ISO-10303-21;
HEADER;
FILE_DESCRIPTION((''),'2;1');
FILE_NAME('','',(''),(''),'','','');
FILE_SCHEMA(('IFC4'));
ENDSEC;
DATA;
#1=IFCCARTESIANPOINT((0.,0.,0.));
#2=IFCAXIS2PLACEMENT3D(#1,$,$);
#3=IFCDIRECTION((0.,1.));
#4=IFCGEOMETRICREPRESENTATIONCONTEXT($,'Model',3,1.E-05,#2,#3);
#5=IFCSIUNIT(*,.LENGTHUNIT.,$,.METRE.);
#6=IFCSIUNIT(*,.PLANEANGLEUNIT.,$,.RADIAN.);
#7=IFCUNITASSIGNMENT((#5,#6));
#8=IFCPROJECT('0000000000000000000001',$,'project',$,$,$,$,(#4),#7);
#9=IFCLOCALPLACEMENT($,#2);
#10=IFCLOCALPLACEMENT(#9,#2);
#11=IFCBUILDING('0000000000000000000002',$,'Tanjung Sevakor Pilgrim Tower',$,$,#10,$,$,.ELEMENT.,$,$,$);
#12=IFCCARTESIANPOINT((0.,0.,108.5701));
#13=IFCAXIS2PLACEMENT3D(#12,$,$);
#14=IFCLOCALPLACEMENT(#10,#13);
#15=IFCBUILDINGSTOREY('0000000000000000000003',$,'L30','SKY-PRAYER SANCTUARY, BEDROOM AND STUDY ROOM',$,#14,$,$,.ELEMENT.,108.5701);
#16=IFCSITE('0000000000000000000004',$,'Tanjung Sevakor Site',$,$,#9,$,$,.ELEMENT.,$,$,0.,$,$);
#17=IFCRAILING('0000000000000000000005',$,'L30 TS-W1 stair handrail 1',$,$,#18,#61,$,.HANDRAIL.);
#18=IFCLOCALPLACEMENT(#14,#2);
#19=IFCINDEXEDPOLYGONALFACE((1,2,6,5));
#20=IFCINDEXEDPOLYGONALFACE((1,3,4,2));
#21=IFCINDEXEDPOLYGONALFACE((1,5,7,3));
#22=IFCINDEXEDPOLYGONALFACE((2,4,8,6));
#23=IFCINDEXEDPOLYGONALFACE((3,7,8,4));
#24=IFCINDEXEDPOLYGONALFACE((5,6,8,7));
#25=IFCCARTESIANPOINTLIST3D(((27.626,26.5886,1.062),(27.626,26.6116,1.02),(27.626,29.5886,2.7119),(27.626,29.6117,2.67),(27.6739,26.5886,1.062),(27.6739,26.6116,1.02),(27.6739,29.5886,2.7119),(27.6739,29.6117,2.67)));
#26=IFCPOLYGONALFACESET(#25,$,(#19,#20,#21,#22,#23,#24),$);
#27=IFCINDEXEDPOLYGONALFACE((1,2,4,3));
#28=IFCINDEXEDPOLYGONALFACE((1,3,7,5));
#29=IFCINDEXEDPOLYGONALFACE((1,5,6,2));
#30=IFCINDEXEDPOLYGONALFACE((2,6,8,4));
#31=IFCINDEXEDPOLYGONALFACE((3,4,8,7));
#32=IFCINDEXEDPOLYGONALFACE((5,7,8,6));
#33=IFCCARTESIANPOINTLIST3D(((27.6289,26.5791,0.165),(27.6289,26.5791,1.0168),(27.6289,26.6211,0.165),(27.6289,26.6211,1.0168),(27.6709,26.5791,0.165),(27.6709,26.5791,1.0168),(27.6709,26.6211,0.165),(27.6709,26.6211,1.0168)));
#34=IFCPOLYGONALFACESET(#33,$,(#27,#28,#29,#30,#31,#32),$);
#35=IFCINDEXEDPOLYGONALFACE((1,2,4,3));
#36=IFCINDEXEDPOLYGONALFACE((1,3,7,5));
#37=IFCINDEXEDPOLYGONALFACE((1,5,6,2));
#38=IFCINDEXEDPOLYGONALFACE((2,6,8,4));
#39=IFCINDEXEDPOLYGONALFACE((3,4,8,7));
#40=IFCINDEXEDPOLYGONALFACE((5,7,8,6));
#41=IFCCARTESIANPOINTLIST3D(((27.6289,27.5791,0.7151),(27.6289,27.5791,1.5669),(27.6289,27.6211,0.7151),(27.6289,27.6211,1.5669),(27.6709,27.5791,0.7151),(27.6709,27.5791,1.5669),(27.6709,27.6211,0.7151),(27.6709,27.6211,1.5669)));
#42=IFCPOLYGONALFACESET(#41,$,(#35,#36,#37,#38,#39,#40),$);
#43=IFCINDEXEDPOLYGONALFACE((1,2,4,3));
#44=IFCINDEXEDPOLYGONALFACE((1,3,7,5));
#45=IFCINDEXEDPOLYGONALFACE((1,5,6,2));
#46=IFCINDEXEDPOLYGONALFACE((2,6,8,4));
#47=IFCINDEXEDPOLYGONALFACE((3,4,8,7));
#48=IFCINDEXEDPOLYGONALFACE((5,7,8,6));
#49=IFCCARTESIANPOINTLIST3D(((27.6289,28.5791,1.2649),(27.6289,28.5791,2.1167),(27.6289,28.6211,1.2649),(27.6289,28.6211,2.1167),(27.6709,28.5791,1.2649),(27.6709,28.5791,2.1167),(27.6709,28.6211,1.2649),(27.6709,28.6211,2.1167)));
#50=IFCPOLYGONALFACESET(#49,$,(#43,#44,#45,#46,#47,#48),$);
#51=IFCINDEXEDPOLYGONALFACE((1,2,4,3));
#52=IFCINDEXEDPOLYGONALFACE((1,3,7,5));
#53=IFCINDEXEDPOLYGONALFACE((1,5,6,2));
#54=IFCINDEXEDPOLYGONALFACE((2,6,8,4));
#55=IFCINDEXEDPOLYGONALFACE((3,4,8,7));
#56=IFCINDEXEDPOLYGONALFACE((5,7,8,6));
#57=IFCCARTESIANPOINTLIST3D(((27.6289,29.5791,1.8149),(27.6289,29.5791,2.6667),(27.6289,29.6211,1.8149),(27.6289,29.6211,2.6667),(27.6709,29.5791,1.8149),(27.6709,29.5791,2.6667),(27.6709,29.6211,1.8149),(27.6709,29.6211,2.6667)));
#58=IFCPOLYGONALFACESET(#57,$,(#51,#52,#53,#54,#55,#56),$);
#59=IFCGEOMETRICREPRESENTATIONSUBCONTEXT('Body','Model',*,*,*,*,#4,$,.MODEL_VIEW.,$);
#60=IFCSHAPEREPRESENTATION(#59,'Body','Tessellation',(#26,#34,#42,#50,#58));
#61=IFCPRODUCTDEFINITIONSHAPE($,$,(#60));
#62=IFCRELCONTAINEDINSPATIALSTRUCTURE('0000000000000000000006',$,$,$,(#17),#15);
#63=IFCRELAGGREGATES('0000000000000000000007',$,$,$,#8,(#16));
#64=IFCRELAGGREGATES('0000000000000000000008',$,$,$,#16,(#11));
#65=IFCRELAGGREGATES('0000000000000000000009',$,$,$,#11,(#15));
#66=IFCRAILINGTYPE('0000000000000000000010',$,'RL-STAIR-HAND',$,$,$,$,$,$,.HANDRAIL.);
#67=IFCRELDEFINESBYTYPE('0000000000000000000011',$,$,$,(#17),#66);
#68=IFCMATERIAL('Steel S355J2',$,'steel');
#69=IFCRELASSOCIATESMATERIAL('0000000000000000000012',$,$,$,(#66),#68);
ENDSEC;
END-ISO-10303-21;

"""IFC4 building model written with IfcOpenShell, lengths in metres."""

from ifc_helpers import new_model, si_unit, direction, frame, origin, place, context, subcontext, project, spatial, rectangle, extrude, material, type_object, element, save


model = new_model("IFC4")

# Units and contexts
model_context = context("Model", 3, precision=1e-05, world=origin(), true_north=direction((0.0, 1.0)))
body_context = subcontext(model_context, "Body", "Model", "MODEL_VIEW")
ifc_project = project(units=[si_unit("LENGTHUNIT", "METRE"), si_unit("PLANEANGLEUNIT", "RADIAN")], contexts=[model_context])

# Site, building, storey
site_placement = place(None, origin())
site = spatial("IfcSite", under=ifc_project, at=site_placement, Name="Tanjung Sevakor Site", CompositionType="ELEMENT", RefElevation=0.0)
building_placement = place(site_placement, origin())
building = spatial("IfcBuilding", under=site, at=building_placement, Name="Tanjung Sevakor Pilgrim Tower", CompositionType="ELEMENT")
storey_placement = place(building_placement, frame((0.0, 0.0, 108.5701)))
storey = spatial("IfcBuildingStorey", under=building, at=storey_placement, Name="L30", Description="SKY-PRAYER SANCTUARY, BEDROOM AND STUDY ROOM", CompositionType="ELEMENT", Elevation=108.5701)

# Railing
ifc_material_1 = material(Name="Steel S355J2", Category="steel")
railing_type_1 = type_object("IfcRailingType", Name="RL-STAIR-HAND", PredefinedType="HANDRAIL", material=ifc_material_1)
railing_1_placement = place(storey_placement, frame((27.6499, 26.6001, 0.165)))
element("IfcRailing", 1, at=railing_1_placement, inside=storey, type_object=railing_type_1, Name="L30 TS-W1 stair handrail 1", PredefinedType="HANDRAIL", context=body_context, shape_type="SweptSolid", body=[
    extrude(rectangle(XDim=0.0479, YDim=0.0479), frame((0.0, 0.0, 0.876), z_axis=(0.0, 0.876228, 0.481897), x_axis=(-1.0, 0.0, 0.0)), (0.0, 0.0, 1.0), 3.4238),
    extrude(rectangle(XDim=0.042, YDim=0.042), origin(), (0.0, 0.0, 1.0), 0.8518),
    extrude(rectangle(XDim=0.042, YDim=0.042), frame((0.0, 1.0, 0.55)), (0.0, 0.0, 1.0), 0.8518),
    extrude(rectangle(XDim=0.042, YDim=0.042), frame((0.0, 2.0, 1.0999)), (0.0, 0.0, 1.0), 0.8518),
    extrude(rectangle(XDim=0.042, YDim=0.042), frame((0.0, 3.0, 1.6499)), (0.0, 0.0, 1.0), 0.8518),
])

save(model, "model.ifc")
